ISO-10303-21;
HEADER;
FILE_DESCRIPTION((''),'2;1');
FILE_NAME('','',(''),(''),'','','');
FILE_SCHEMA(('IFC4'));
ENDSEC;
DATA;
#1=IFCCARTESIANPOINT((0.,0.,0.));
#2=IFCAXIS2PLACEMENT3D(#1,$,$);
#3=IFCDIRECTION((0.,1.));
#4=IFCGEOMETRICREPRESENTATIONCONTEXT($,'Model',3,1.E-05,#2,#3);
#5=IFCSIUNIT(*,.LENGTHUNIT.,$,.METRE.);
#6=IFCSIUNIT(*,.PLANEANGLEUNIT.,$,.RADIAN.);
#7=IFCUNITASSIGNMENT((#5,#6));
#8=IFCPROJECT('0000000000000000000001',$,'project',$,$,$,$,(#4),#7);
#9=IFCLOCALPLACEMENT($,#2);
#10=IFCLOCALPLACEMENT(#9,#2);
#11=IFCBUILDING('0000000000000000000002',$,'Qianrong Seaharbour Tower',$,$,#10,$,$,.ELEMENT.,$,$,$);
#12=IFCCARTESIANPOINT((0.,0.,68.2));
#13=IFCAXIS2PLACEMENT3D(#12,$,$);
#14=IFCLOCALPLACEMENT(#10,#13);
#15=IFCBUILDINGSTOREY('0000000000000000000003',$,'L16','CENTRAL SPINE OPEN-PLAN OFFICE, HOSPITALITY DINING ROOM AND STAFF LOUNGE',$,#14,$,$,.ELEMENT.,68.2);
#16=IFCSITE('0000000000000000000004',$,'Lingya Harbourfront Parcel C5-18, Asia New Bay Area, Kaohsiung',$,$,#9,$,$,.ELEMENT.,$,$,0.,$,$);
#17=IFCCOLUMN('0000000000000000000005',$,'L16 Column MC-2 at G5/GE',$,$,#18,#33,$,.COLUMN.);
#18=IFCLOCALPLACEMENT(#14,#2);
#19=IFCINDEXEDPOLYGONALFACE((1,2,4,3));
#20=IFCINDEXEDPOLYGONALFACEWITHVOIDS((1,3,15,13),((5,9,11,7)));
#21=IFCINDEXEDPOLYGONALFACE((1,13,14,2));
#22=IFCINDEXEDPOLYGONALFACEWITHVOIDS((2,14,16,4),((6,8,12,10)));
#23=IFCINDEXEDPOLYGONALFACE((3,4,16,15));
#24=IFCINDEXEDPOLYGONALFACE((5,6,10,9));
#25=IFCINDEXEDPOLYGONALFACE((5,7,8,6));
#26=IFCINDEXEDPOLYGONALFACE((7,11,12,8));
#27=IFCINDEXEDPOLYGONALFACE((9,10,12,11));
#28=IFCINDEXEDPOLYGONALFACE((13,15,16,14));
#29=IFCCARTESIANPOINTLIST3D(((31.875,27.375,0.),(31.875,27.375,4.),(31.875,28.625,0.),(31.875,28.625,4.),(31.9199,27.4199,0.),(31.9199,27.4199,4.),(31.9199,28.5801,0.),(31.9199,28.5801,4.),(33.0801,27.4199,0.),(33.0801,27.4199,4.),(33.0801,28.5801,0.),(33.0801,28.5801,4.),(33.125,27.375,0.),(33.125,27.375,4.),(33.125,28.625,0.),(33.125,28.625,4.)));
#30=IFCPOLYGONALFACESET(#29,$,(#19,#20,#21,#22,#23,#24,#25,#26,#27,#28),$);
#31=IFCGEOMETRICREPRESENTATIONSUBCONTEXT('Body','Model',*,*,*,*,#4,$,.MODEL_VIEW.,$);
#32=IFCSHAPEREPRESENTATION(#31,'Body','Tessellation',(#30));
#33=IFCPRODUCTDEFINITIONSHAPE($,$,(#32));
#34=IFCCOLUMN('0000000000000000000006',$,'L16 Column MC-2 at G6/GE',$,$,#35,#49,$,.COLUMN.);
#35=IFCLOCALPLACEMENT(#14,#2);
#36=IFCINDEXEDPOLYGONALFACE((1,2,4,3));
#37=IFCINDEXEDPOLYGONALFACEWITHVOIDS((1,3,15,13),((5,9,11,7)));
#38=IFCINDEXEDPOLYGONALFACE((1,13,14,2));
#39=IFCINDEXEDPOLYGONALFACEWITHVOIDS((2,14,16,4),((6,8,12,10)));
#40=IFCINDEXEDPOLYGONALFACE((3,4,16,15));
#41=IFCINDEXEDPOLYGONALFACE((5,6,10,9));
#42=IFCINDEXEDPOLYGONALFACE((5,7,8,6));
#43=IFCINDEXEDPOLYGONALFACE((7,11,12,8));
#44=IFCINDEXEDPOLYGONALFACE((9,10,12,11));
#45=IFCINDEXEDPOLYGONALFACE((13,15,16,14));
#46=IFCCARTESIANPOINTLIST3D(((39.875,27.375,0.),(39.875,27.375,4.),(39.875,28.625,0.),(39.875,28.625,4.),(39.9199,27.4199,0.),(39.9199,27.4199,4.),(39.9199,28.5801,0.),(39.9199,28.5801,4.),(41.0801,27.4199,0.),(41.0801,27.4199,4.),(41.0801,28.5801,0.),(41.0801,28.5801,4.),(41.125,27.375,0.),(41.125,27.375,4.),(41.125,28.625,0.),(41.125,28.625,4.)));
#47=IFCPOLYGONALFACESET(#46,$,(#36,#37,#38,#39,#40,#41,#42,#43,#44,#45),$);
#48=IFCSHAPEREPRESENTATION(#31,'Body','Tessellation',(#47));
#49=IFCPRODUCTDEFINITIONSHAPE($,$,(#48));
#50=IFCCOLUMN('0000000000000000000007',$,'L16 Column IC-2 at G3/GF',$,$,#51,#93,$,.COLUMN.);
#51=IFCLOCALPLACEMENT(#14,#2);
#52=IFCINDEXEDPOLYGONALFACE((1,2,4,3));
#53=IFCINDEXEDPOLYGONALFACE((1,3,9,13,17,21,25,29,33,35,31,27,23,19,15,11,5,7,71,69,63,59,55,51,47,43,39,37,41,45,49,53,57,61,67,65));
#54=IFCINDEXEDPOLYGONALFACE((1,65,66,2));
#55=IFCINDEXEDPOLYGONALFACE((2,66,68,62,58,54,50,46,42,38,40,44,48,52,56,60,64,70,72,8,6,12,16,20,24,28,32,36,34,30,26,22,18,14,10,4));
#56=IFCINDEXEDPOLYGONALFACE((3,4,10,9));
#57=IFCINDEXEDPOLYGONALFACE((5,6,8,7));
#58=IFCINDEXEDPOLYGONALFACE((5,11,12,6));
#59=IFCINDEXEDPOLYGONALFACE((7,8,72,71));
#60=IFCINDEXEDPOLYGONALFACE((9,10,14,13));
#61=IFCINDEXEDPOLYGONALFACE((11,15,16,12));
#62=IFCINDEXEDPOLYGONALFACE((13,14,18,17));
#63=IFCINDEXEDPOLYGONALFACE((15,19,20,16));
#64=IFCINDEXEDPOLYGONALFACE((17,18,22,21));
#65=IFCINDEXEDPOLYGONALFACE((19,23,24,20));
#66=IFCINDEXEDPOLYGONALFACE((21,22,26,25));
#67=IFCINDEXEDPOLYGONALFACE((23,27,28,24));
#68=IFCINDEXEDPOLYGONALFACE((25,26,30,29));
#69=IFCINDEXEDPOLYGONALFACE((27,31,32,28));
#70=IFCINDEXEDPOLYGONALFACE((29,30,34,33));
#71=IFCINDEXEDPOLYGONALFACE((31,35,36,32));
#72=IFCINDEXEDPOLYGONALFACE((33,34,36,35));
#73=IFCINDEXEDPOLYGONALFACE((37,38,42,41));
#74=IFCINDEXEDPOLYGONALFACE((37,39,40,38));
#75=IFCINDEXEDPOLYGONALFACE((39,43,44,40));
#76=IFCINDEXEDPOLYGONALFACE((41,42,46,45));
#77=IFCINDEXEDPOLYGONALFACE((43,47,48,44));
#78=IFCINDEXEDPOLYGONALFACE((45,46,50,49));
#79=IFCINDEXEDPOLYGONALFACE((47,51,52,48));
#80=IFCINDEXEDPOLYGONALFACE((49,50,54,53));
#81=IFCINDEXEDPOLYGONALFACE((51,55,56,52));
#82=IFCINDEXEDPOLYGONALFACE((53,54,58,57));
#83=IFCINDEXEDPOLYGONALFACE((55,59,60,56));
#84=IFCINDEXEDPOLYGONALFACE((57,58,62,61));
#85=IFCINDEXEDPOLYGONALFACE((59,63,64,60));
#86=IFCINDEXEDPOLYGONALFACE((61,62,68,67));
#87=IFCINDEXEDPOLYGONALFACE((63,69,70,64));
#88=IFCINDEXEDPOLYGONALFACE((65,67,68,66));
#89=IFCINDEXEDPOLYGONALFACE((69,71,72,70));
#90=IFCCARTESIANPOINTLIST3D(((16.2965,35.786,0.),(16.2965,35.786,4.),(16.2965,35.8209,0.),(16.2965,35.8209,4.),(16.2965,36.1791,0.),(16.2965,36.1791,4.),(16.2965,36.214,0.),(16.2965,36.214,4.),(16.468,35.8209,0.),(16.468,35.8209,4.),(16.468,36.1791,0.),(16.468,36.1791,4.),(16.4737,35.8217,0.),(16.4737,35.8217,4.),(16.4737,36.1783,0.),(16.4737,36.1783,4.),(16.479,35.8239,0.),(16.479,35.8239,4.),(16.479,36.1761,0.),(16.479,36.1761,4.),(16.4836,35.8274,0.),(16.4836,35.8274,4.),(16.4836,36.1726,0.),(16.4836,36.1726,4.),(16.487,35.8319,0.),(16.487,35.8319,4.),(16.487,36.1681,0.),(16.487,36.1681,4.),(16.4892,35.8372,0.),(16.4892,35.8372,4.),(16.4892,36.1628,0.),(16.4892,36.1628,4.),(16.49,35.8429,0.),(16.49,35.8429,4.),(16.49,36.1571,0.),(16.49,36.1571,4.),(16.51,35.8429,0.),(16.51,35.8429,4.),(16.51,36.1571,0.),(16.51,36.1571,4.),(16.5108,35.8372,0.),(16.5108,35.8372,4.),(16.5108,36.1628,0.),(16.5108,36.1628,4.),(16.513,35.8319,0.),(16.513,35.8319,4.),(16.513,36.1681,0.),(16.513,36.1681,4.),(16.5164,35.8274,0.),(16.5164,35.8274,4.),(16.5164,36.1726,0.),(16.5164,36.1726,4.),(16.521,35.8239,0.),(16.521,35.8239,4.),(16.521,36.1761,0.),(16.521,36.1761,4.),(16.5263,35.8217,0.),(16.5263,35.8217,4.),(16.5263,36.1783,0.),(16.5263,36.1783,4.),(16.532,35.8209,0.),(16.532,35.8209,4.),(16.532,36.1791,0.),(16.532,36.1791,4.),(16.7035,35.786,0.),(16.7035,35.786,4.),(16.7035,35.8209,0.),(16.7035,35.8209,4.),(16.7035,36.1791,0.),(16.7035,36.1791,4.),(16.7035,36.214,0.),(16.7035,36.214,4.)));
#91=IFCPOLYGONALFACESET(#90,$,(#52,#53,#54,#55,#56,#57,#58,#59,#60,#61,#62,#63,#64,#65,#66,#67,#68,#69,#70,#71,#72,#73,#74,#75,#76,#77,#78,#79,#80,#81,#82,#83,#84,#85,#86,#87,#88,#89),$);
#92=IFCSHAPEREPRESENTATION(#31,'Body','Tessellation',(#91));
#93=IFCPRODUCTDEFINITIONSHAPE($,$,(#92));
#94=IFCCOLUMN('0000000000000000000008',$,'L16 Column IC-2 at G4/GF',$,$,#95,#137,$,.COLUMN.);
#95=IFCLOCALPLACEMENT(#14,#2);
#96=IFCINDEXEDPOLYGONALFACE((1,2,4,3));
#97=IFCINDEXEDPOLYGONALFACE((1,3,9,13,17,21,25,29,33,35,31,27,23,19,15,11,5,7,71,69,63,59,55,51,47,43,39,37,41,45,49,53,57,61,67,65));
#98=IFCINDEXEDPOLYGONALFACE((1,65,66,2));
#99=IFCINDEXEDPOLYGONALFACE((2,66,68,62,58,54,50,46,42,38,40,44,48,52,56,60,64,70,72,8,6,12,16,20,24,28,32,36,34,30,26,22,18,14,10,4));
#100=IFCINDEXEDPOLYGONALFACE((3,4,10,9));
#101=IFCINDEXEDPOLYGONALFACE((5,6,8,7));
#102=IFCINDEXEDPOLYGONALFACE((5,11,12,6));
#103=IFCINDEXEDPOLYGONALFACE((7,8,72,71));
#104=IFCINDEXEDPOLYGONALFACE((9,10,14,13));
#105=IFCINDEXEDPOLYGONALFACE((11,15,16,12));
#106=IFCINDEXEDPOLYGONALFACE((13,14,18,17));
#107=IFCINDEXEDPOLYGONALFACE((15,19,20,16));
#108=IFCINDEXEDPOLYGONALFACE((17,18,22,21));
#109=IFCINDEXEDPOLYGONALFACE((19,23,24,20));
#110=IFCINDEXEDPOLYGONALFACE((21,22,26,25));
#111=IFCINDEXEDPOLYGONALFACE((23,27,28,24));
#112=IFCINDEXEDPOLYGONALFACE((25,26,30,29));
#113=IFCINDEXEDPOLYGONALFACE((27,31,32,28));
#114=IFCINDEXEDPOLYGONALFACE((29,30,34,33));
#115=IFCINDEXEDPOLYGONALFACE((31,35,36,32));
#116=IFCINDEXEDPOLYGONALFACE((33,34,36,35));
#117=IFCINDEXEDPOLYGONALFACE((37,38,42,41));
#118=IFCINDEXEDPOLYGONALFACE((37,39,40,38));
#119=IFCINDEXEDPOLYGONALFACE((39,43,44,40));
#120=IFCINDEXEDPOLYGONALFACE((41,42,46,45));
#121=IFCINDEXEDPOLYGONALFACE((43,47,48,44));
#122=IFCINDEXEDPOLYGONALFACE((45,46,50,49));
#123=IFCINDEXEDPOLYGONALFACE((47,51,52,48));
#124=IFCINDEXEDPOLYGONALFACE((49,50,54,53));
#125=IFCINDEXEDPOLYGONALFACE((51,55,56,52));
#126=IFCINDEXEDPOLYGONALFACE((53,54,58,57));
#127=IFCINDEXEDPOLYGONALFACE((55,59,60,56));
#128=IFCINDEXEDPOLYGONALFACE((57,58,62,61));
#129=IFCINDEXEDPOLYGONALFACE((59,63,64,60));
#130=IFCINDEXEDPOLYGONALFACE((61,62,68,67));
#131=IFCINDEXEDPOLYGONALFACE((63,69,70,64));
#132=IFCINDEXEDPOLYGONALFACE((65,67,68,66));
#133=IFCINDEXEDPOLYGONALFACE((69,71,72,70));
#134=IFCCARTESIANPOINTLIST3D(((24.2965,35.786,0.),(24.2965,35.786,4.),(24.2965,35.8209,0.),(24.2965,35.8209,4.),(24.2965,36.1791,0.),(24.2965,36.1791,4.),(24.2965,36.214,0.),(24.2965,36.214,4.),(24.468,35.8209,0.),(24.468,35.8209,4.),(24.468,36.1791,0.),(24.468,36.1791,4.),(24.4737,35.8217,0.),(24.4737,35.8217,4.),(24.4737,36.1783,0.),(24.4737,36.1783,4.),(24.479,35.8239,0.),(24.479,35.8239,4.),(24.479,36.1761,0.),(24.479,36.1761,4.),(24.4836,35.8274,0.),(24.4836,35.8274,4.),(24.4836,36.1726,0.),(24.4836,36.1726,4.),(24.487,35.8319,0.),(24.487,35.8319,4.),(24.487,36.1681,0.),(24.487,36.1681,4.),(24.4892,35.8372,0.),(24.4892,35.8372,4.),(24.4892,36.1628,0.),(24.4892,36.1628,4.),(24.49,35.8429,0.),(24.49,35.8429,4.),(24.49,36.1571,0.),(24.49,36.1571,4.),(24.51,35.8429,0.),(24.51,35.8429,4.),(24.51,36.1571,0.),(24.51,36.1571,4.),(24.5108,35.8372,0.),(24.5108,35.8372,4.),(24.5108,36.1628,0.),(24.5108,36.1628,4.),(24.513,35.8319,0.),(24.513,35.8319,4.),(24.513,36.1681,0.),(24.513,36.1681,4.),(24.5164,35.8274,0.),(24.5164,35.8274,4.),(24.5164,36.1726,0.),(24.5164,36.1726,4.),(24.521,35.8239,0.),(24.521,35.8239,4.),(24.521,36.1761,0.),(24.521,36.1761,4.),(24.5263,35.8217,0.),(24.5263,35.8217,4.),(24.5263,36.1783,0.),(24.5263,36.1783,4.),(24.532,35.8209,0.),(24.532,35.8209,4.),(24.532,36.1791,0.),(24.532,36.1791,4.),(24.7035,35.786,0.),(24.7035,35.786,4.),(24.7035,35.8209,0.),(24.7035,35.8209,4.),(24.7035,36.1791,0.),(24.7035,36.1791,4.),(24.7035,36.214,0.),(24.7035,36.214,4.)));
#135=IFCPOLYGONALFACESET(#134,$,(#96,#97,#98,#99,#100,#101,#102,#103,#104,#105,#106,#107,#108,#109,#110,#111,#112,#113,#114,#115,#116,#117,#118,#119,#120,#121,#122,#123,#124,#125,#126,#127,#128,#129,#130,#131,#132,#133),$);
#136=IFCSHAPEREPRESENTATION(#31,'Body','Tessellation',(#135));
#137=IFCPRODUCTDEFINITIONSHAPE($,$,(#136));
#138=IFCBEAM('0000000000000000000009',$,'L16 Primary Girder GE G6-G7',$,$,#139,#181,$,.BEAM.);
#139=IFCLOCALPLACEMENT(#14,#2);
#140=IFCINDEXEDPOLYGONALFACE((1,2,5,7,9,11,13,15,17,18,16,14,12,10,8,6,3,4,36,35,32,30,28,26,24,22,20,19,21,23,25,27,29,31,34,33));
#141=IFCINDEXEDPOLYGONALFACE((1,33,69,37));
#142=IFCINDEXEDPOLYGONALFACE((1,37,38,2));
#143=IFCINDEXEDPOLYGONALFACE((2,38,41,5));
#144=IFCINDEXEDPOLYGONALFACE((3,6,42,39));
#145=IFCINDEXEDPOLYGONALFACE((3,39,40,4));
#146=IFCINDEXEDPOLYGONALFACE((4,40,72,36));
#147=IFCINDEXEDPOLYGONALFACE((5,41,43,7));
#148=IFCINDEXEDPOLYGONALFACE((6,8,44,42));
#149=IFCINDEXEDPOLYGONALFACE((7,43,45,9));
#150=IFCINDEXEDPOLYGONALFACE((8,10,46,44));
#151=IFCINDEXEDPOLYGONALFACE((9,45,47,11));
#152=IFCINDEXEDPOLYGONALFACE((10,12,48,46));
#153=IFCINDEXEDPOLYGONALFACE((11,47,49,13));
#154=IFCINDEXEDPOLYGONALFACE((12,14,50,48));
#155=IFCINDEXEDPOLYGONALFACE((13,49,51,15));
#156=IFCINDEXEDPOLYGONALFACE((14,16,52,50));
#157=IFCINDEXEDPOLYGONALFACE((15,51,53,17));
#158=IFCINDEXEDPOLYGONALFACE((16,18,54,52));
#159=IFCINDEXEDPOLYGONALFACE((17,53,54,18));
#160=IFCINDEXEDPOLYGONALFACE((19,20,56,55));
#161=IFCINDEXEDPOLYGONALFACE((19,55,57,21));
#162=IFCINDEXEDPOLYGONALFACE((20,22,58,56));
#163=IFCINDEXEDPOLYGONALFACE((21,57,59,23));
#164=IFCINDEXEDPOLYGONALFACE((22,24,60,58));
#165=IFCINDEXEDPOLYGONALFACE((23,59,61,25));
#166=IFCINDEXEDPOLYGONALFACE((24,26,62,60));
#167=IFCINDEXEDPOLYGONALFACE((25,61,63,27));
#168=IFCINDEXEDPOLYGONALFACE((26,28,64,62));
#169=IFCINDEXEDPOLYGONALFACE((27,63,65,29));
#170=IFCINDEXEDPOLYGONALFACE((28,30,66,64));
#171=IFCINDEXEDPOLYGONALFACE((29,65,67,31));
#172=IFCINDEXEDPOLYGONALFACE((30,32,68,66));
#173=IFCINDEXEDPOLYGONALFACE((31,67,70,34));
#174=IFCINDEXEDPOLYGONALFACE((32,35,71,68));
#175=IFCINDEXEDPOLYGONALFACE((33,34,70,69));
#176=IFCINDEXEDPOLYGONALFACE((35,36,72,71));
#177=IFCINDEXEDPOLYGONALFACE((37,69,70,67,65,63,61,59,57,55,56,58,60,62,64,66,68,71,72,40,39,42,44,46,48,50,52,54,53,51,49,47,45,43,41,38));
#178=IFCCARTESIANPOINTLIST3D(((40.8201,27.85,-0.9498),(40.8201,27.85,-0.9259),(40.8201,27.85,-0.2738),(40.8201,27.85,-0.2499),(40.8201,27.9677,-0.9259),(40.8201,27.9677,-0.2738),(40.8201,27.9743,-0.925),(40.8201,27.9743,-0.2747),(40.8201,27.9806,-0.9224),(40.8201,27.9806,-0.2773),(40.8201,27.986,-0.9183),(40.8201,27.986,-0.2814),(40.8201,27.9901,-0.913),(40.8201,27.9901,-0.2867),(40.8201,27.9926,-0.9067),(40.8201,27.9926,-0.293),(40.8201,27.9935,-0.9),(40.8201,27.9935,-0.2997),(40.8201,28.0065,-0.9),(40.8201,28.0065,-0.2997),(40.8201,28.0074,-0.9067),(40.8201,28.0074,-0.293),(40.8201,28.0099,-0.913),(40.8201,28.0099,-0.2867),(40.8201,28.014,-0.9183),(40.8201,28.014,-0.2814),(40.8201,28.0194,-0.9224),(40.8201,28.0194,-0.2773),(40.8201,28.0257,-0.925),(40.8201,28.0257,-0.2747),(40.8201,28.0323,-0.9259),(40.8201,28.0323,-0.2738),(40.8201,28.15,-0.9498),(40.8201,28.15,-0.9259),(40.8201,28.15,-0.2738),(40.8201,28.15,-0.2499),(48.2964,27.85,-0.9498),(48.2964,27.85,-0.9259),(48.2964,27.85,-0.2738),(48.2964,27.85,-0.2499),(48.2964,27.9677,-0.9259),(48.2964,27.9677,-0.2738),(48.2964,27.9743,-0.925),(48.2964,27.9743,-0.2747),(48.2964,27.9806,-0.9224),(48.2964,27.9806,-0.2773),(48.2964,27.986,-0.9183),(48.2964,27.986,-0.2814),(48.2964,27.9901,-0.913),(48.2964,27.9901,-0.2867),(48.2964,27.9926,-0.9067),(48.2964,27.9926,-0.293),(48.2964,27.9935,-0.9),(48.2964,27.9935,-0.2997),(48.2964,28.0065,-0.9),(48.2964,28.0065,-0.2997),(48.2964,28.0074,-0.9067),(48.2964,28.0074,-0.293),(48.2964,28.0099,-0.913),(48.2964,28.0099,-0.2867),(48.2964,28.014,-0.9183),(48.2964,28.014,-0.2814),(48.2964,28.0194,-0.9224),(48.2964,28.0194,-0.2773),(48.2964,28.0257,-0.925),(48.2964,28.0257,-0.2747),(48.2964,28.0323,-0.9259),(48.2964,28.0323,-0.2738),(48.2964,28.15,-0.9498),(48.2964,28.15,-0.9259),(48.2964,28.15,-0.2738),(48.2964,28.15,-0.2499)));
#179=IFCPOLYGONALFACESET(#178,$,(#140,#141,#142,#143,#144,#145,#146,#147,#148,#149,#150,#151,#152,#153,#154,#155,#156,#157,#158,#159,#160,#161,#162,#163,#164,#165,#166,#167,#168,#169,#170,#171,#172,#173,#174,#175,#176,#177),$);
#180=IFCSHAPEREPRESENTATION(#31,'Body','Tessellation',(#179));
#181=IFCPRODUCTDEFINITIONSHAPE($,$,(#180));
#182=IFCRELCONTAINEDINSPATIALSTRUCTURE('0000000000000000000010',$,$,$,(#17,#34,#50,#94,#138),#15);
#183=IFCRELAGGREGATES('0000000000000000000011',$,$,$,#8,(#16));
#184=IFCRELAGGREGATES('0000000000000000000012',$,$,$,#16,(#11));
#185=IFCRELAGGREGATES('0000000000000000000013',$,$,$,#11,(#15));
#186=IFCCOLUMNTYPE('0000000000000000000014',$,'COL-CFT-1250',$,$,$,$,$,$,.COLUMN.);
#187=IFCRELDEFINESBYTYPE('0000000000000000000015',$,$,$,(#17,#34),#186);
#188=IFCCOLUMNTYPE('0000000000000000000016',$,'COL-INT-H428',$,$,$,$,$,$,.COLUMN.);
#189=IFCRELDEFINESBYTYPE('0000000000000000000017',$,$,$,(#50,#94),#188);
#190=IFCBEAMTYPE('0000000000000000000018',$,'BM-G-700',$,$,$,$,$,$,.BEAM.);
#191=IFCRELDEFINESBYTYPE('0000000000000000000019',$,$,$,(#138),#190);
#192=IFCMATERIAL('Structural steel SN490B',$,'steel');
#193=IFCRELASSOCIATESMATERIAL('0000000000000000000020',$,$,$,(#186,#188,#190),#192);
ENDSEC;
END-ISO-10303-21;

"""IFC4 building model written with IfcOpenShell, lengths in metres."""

from ifc_helpers import new_model, si_unit, direction, frame, origin, origin_2d, place, context, subcontext, project, spatial, hollow_rectangle, i_section, extrude, material, material_profile, profile_set, type_object, element, save


model = new_model("IFC4")

# Units and contexts
model_context = context("Model", 3, precision=1e-05, world=origin(), true_north=direction((0.0, 1.0)))
body_context = subcontext(model_context, "Body", "Model", "MODEL_VIEW")
ifc_project = project(units=[si_unit("LENGTHUNIT", "METRE"), si_unit("PLANEANGLEUNIT", "RADIAN")], contexts=[model_context])

# Site, building, storey
site_placement = place(None, origin())
site = spatial("IfcSite", under=ifc_project, at=site_placement, Name="Lingya Harbourfront Parcel C5-18, Asia New Bay Area, Kaohsiung", CompositionType="ELEMENT", RefElevation=0.0)
building_placement = place(site_placement, origin())
building = spatial("IfcBuilding", under=site, at=building_placement, Name="Qianrong Seaharbour Tower", CompositionType="ELEMENT")
storey_placement = place(building_placement, frame((0.0, 0.0, 68.2)))
storey = spatial("IfcBuildingStorey", under=building, at=storey_placement, Name="L16", Description="CENTRAL SPINE OPEN-PLAN OFFICE, HOSPITALITY DINING ROOM AND STAFF LOUNGE", CompositionType="ELEMENT", Elevation=68.2)

# Columns
ifc_material_1 = material(Name="Structural steel SN490B", Category="steel")
ifc_material_profile_1 = material_profile(ifc_material_1, hollow_rectangle(XDim=1.25, YDim=1.25, WallThickness=0.0449, at=origin_2d()), Name="BOX1250x1250x45")
ifc_profile_set_1 = profile_set([ifc_material_profile_1], Name="Structural steel SN490B")
column_type_1 = type_object("IfcColumnType", Name="COL-CFT-1250", PredefinedType="COLUMN", material=ifc_profile_set_1)
for number, where, z_axis, x_axis, name in (
    (1, (32.5, 28.0, 0.0), (0.0, 0.0, 1.0), (1.0, 0.0, 0.0), "L16 Column MC-2 at G5/GE"),
    (2, (40.5, 28.0, 0.0), (0.0, 0.0, 1.0), (1.0, 0.0, 0.0), "L16 Column MC-2 at G6/GE"),
):
    element("IfcColumn", number, at=place(storey_placement, frame(where, z_axis=z_axis, x_axis=x_axis)), inside=storey, type_object=column_type_1, Name=name, PredefinedType="COLUMN", context=body_context, shape_type="SweptSolid", body=[
        extrude(hollow_rectangle(XDim=1.25, YDim=1.25, WallThickness=0.0449, at=origin_2d()), origin(), (0.0, 0.0, 1.0), 4.0),
    ])
ifc_material_profile_2 = material_profile(ifc_material_1, i_section(OverallWidth=0.407, OverallDepth=0.428, WebThickness=0.02, FlangeThickness=0.0349, FilletRadius=0.022, at=origin_2d()), Name="H428x407x20x35")
ifc_profile_set_2 = profile_set([ifc_material_profile_2], Name="Structural steel SN490B")
column_type_2 = type_object("IfcColumnType", Name="COL-INT-H428", PredefinedType="COLUMN", material=ifc_profile_set_2)
for number, where, z_axis, x_axis, name in (
    (3, (16.5, 36.0, 0.0), (0.0, 0.0, 1.0), (1.0, 0.0, 0.0), "L16 Column IC-2 at G3/GF"),
    (4, (24.5, 36.0, 0.0), (0.0, 0.0, 1.0), (1.0, 0.0, 0.0), "L16 Column IC-2 at G4/GF"),
):
    element("IfcColumn", number, at=place(storey_placement, frame(where, z_axis=z_axis, x_axis=x_axis)), inside=storey, type_object=column_type_2, Name=name, PredefinedType="COLUMN", context=body_context, shape_type="SweptSolid", body=[
        extrude(i_section(OverallWidth=0.407, OverallDepth=0.428, WebThickness=0.02, FlangeThickness=0.0349, FilletRadius=0.022, at=origin_2d()), origin(), (0.0, 0.0, 1.0), 4.0),
    ])

# Beam
ifc_material_profile_3 = material_profile(ifc_material_1, i_section(OverallWidth=0.3, OverallDepth=0.7, WebThickness=0.0129, FlangeThickness=0.0239, FilletRadius=0.0259, at=origin_2d()), Name="H700x300x13x24")
ifc_profile_set_3 = profile_set([ifc_material_profile_3], Name="Structural steel SN490B")
beam_type_1 = type_object("IfcBeamType", Name="BM-G-700", PredefinedType="BEAM", material=ifc_profile_set_3)
beam_1_placement = place(storey_placement, frame((40.8201, 28.0, -0.5999), z_axis=(1.0, 0.0, 0.0), x_axis=(0.0, 1.0, 0.0)))
element("IfcBeam", 5, at=beam_1_placement, inside=storey, type_object=beam_type_1, Name="L16 Primary Girder GE G6-G7", PredefinedType="BEAM", context=body_context, shape_type="SweptSolid", body=[
    extrude(i_section(OverallWidth=0.3, OverallDepth=0.7, WebThickness=0.0129, FlangeThickness=0.0239, FilletRadius=0.0259, at=origin_2d()), origin(), (0.0, 0.0, 1.0), 7.4763),
])

save(model, "model.ifc")
